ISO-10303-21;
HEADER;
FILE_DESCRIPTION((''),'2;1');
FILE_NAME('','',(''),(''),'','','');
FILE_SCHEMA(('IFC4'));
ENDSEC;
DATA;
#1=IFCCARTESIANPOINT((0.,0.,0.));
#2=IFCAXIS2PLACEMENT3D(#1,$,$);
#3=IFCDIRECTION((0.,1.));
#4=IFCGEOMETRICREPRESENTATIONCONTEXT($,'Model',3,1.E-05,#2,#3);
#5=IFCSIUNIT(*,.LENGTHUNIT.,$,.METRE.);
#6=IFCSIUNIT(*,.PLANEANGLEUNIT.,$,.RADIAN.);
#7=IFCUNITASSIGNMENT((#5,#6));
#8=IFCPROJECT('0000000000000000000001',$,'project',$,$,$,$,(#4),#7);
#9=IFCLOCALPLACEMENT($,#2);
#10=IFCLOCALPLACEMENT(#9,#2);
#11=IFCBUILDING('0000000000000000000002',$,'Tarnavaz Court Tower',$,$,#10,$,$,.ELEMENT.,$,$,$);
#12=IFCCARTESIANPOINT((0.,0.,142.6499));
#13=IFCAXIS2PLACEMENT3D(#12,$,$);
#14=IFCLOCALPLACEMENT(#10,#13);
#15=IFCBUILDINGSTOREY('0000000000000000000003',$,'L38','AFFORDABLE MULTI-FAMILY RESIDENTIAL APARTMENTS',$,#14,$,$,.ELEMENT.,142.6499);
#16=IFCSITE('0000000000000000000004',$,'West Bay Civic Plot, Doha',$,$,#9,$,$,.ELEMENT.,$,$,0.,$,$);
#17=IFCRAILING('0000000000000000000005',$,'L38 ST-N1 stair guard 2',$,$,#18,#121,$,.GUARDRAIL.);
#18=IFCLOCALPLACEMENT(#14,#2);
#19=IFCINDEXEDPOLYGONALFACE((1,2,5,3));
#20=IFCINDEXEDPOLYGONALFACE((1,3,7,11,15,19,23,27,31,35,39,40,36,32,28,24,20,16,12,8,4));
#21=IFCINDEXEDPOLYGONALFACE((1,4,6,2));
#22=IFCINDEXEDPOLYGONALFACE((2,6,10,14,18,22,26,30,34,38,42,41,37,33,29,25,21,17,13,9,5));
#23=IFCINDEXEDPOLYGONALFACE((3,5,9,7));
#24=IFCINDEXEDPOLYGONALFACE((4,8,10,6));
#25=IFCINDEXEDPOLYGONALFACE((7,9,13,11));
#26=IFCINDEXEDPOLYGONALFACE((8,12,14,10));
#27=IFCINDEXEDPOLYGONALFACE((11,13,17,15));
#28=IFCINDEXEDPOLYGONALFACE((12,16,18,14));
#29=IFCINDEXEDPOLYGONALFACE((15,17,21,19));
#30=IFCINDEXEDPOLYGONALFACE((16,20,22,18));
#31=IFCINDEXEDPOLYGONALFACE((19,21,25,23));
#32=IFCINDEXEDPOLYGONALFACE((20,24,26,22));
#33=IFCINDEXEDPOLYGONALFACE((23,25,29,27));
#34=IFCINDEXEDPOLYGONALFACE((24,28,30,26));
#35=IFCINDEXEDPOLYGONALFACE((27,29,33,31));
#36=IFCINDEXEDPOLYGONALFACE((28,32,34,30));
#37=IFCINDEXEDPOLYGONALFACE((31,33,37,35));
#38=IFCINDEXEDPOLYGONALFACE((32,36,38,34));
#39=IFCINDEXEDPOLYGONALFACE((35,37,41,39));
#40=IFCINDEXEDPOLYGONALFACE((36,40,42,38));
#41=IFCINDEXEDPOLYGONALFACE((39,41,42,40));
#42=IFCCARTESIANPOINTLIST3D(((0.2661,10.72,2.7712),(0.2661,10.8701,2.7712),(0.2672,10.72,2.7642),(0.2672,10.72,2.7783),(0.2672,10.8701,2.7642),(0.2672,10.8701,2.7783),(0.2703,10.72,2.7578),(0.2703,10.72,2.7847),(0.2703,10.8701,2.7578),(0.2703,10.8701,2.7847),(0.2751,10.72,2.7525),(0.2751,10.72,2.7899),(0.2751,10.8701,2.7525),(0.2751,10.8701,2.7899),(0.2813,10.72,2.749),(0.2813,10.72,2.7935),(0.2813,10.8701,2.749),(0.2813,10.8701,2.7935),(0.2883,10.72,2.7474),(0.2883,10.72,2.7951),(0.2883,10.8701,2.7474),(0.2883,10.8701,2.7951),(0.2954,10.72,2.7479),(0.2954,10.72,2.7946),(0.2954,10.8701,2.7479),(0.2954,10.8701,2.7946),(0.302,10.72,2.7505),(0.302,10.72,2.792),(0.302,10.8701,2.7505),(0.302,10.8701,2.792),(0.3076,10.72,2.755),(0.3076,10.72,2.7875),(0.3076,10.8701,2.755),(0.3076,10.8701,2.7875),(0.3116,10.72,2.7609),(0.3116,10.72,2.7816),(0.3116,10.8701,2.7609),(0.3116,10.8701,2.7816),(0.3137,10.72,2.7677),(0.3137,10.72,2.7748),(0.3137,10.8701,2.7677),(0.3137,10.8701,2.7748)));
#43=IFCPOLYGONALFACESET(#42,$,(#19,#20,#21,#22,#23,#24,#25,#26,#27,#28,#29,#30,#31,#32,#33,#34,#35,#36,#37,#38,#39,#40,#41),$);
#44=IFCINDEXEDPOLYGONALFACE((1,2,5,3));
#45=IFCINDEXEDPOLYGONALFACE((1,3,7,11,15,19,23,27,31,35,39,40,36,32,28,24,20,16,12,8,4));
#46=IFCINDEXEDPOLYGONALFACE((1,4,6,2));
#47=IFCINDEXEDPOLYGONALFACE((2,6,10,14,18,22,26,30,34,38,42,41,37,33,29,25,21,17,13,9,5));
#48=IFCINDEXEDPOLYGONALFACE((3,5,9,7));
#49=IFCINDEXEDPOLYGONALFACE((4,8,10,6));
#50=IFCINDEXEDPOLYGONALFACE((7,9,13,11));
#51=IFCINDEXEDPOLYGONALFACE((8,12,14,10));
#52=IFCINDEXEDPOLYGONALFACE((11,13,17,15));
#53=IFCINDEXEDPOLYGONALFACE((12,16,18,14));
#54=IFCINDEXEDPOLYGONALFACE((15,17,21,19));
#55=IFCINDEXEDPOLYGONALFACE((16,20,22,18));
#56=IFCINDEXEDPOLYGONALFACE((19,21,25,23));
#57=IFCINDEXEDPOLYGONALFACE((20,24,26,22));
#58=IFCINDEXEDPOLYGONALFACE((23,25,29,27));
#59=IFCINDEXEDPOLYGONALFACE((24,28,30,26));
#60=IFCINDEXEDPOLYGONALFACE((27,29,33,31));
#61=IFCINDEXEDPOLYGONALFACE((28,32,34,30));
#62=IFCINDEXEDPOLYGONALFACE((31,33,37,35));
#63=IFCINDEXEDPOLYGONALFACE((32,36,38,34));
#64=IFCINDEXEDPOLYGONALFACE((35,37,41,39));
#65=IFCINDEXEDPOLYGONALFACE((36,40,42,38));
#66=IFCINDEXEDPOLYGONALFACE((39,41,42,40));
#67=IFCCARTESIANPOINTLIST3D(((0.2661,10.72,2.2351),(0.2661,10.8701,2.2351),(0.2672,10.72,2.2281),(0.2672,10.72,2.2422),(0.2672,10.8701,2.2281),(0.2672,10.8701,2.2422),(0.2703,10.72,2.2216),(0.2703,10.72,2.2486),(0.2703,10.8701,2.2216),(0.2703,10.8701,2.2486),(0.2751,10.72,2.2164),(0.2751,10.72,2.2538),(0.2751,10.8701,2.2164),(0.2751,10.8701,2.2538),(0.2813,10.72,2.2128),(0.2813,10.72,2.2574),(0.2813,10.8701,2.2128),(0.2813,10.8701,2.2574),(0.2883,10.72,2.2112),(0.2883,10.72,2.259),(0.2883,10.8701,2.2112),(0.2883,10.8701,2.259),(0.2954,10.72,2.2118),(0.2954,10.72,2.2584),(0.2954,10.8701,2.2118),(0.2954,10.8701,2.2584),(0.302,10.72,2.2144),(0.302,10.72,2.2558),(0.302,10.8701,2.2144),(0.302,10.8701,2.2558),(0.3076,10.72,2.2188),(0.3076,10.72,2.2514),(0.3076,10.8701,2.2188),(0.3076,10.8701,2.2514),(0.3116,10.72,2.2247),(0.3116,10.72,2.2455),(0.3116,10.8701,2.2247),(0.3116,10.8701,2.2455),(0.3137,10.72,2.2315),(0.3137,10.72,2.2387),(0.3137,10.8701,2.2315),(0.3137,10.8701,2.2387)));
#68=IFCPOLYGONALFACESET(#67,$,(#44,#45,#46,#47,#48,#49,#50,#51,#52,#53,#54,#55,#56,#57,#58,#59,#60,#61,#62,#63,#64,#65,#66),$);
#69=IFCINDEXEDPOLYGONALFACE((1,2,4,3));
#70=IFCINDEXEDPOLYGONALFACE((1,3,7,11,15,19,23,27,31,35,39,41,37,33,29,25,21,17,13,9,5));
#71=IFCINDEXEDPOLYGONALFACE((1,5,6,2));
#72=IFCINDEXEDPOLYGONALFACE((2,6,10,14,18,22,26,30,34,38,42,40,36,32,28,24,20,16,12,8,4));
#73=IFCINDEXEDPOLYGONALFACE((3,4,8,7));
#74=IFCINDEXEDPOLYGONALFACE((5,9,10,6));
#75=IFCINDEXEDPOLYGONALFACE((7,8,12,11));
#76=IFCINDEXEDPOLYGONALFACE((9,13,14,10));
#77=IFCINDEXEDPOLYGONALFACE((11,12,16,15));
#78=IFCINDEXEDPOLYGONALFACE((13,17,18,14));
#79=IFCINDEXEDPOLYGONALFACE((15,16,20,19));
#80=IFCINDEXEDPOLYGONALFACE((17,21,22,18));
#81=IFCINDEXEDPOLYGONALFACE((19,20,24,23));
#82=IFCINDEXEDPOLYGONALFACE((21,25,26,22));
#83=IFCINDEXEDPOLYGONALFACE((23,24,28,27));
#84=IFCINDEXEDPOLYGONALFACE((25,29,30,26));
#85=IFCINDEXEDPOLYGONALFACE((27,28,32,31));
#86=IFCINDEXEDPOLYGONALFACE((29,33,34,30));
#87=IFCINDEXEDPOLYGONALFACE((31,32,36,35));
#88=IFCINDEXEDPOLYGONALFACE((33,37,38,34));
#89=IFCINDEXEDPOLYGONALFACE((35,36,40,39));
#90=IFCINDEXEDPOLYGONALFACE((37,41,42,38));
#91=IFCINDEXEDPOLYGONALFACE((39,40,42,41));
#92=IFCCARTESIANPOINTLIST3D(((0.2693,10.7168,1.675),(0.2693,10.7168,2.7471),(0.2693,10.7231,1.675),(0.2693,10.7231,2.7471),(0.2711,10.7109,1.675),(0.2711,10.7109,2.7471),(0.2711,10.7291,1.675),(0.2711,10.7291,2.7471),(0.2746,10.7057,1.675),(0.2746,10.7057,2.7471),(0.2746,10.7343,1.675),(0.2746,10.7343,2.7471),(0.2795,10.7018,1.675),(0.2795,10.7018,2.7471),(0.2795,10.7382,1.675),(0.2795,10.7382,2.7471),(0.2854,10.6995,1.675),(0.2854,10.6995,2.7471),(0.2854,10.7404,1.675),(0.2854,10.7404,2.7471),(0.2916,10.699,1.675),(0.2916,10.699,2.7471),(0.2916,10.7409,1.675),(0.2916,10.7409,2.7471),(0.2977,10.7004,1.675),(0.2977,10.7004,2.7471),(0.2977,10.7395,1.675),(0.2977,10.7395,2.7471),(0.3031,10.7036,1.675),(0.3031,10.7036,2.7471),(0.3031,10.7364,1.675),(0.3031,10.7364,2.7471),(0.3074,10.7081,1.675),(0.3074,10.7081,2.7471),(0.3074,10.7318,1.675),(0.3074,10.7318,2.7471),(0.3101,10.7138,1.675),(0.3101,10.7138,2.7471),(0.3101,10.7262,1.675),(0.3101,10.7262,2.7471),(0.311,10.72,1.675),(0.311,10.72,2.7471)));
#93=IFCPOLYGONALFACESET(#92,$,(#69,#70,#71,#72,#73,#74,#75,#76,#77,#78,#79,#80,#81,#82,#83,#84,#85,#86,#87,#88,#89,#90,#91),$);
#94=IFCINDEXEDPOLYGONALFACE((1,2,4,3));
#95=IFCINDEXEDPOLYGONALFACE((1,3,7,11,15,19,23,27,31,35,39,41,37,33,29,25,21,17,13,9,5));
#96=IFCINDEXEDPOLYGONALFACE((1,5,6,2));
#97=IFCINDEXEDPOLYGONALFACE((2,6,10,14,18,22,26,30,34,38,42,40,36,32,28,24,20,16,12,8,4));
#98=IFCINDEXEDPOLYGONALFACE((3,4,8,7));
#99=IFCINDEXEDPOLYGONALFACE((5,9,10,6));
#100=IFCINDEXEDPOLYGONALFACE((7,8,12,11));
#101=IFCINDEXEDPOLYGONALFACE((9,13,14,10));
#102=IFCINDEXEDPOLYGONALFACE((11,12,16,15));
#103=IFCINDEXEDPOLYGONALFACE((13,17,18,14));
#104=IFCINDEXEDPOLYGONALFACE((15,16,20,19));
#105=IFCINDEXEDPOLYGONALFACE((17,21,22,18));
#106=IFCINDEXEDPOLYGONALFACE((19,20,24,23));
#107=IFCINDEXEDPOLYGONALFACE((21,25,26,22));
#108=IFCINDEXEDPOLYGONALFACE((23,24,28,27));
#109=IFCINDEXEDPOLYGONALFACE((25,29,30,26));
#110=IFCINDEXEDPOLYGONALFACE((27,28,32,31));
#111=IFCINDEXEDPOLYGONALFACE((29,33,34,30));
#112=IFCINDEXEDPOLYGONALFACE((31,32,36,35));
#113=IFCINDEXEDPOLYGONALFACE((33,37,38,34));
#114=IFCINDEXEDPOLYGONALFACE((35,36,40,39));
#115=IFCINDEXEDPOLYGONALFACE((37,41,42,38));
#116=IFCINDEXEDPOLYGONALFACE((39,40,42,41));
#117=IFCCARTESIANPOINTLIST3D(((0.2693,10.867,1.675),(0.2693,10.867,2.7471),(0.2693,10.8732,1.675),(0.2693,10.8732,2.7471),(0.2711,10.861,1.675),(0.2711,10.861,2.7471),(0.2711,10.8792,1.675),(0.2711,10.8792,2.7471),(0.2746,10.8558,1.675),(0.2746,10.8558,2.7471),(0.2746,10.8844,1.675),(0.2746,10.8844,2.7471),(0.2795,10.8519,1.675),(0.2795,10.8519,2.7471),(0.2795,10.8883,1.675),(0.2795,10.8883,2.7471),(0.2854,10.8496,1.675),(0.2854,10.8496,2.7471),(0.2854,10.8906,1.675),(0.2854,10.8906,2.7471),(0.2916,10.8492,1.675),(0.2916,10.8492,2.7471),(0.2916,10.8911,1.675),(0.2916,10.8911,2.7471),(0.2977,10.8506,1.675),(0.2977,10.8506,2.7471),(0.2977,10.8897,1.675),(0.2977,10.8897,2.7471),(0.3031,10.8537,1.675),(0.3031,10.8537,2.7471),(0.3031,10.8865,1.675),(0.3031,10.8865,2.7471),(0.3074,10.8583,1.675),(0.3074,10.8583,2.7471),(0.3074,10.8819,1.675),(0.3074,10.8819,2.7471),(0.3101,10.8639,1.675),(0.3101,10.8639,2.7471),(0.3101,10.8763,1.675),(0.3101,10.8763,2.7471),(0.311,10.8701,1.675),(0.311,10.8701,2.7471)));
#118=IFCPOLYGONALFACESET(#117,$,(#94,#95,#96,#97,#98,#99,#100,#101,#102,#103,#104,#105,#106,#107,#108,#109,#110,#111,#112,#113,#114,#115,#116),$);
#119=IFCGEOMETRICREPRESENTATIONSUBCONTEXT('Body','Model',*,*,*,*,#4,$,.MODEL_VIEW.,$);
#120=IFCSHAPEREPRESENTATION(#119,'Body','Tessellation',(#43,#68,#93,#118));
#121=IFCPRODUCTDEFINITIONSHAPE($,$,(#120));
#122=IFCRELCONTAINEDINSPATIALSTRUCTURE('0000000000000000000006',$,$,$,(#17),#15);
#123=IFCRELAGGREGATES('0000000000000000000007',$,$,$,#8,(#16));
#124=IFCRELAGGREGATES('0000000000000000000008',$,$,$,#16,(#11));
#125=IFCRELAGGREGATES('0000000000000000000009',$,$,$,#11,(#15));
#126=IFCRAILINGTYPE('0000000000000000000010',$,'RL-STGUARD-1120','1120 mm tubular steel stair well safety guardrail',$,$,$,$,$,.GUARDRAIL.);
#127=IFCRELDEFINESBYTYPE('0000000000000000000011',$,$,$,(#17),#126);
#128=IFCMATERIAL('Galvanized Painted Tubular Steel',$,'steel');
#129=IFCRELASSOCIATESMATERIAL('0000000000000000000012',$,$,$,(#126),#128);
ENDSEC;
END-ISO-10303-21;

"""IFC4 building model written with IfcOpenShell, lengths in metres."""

from ifc_helpers import new_model, si_unit, direction, frame, origin, origin_2d, place, context, subcontext, project, spatial, circle, extrude, material, type_object, element, save


model = new_model("IFC4")

# Units and contexts
model_context = context("Model", 3, precision=1e-05, world=origin(), true_north=direction((0.0, 1.0)))
body_context = subcontext(model_context, "Body", "Model", "MODEL_VIEW")
ifc_project = project(units=[si_unit("LENGTHUNIT", "METRE"), si_unit("PLANEANGLEUNIT", "RADIAN")], contexts=[model_context])

# Site, building, storey
site_placement = place(None, origin())
site = spatial("IfcSite", under=ifc_project, at=site_placement, Name="West Bay Civic Plot, Doha", CompositionType="ELEMENT", RefElevation=0.0)
building_placement = place(site_placement, origin())
building = spatial("IfcBuilding", under=site, at=building_placement, Name="Tarnavaz Court Tower", CompositionType="ELEMENT")
storey_placement = place(building_placement, frame((0.0, 0.0, 142.6499)))
storey = spatial("IfcBuildingStorey", under=building, at=storey_placement, Name="L38", Description="AFFORDABLE MULTI-FAMILY RESIDENTIAL APARTMENTS", CompositionType="ELEMENT", Elevation=142.6499)

# Railing
ifc_material_1 = material(Name="Galvanized Painted Tubular Steel", Category="steel")
railing_type_1 = type_object("IfcRailingType", Name="RL-STGUARD-1120", Description="1120 mm tubular steel stair well safety guardrail", PredefinedType="GUARDRAIL", material=ifc_material_1)
railing_1_placement = place(storey_placement, frame((0.29, 10.72, 1.675)))
element("IfcRailing", 1, at=railing_1_placement, inside=storey, type_object=railing_type_1, Name="L38 ST-N1 stair guard 2", PredefinedType="GUARDRAIL", context=body_context, shape_type="SweptSolid", body=[
    extrude(circle(Radius=0.0239, at=origin_2d()), frame((0.0, 0.0, 1.0962), z_axis=(0.0, 1.0, 0.0), x_axis=(-1.0, 0.0, 0.0)), (0.0, 0.0, 1.0), 0.1501),
    extrude(circle(Radius=0.0239, at=origin_2d()), frame((0.0, 0.0, 0.5601), z_axis=(0.0, 1.0, 0.0), x_axis=(-1.0, 0.0, 0.0)), (0.0, 0.0, 1.0), 0.1501),
    extrude(circle(Radius=0.021, at=origin_2d()), origin(), (0.0, 0.0, 1.0), 1.072),
    extrude(circle(Radius=0.021, at=origin_2d()), frame((0.0, 0.1501, 0.0)), (0.0, 0.0, 1.0), 1.072),
])

save(model, "model.ifc")
